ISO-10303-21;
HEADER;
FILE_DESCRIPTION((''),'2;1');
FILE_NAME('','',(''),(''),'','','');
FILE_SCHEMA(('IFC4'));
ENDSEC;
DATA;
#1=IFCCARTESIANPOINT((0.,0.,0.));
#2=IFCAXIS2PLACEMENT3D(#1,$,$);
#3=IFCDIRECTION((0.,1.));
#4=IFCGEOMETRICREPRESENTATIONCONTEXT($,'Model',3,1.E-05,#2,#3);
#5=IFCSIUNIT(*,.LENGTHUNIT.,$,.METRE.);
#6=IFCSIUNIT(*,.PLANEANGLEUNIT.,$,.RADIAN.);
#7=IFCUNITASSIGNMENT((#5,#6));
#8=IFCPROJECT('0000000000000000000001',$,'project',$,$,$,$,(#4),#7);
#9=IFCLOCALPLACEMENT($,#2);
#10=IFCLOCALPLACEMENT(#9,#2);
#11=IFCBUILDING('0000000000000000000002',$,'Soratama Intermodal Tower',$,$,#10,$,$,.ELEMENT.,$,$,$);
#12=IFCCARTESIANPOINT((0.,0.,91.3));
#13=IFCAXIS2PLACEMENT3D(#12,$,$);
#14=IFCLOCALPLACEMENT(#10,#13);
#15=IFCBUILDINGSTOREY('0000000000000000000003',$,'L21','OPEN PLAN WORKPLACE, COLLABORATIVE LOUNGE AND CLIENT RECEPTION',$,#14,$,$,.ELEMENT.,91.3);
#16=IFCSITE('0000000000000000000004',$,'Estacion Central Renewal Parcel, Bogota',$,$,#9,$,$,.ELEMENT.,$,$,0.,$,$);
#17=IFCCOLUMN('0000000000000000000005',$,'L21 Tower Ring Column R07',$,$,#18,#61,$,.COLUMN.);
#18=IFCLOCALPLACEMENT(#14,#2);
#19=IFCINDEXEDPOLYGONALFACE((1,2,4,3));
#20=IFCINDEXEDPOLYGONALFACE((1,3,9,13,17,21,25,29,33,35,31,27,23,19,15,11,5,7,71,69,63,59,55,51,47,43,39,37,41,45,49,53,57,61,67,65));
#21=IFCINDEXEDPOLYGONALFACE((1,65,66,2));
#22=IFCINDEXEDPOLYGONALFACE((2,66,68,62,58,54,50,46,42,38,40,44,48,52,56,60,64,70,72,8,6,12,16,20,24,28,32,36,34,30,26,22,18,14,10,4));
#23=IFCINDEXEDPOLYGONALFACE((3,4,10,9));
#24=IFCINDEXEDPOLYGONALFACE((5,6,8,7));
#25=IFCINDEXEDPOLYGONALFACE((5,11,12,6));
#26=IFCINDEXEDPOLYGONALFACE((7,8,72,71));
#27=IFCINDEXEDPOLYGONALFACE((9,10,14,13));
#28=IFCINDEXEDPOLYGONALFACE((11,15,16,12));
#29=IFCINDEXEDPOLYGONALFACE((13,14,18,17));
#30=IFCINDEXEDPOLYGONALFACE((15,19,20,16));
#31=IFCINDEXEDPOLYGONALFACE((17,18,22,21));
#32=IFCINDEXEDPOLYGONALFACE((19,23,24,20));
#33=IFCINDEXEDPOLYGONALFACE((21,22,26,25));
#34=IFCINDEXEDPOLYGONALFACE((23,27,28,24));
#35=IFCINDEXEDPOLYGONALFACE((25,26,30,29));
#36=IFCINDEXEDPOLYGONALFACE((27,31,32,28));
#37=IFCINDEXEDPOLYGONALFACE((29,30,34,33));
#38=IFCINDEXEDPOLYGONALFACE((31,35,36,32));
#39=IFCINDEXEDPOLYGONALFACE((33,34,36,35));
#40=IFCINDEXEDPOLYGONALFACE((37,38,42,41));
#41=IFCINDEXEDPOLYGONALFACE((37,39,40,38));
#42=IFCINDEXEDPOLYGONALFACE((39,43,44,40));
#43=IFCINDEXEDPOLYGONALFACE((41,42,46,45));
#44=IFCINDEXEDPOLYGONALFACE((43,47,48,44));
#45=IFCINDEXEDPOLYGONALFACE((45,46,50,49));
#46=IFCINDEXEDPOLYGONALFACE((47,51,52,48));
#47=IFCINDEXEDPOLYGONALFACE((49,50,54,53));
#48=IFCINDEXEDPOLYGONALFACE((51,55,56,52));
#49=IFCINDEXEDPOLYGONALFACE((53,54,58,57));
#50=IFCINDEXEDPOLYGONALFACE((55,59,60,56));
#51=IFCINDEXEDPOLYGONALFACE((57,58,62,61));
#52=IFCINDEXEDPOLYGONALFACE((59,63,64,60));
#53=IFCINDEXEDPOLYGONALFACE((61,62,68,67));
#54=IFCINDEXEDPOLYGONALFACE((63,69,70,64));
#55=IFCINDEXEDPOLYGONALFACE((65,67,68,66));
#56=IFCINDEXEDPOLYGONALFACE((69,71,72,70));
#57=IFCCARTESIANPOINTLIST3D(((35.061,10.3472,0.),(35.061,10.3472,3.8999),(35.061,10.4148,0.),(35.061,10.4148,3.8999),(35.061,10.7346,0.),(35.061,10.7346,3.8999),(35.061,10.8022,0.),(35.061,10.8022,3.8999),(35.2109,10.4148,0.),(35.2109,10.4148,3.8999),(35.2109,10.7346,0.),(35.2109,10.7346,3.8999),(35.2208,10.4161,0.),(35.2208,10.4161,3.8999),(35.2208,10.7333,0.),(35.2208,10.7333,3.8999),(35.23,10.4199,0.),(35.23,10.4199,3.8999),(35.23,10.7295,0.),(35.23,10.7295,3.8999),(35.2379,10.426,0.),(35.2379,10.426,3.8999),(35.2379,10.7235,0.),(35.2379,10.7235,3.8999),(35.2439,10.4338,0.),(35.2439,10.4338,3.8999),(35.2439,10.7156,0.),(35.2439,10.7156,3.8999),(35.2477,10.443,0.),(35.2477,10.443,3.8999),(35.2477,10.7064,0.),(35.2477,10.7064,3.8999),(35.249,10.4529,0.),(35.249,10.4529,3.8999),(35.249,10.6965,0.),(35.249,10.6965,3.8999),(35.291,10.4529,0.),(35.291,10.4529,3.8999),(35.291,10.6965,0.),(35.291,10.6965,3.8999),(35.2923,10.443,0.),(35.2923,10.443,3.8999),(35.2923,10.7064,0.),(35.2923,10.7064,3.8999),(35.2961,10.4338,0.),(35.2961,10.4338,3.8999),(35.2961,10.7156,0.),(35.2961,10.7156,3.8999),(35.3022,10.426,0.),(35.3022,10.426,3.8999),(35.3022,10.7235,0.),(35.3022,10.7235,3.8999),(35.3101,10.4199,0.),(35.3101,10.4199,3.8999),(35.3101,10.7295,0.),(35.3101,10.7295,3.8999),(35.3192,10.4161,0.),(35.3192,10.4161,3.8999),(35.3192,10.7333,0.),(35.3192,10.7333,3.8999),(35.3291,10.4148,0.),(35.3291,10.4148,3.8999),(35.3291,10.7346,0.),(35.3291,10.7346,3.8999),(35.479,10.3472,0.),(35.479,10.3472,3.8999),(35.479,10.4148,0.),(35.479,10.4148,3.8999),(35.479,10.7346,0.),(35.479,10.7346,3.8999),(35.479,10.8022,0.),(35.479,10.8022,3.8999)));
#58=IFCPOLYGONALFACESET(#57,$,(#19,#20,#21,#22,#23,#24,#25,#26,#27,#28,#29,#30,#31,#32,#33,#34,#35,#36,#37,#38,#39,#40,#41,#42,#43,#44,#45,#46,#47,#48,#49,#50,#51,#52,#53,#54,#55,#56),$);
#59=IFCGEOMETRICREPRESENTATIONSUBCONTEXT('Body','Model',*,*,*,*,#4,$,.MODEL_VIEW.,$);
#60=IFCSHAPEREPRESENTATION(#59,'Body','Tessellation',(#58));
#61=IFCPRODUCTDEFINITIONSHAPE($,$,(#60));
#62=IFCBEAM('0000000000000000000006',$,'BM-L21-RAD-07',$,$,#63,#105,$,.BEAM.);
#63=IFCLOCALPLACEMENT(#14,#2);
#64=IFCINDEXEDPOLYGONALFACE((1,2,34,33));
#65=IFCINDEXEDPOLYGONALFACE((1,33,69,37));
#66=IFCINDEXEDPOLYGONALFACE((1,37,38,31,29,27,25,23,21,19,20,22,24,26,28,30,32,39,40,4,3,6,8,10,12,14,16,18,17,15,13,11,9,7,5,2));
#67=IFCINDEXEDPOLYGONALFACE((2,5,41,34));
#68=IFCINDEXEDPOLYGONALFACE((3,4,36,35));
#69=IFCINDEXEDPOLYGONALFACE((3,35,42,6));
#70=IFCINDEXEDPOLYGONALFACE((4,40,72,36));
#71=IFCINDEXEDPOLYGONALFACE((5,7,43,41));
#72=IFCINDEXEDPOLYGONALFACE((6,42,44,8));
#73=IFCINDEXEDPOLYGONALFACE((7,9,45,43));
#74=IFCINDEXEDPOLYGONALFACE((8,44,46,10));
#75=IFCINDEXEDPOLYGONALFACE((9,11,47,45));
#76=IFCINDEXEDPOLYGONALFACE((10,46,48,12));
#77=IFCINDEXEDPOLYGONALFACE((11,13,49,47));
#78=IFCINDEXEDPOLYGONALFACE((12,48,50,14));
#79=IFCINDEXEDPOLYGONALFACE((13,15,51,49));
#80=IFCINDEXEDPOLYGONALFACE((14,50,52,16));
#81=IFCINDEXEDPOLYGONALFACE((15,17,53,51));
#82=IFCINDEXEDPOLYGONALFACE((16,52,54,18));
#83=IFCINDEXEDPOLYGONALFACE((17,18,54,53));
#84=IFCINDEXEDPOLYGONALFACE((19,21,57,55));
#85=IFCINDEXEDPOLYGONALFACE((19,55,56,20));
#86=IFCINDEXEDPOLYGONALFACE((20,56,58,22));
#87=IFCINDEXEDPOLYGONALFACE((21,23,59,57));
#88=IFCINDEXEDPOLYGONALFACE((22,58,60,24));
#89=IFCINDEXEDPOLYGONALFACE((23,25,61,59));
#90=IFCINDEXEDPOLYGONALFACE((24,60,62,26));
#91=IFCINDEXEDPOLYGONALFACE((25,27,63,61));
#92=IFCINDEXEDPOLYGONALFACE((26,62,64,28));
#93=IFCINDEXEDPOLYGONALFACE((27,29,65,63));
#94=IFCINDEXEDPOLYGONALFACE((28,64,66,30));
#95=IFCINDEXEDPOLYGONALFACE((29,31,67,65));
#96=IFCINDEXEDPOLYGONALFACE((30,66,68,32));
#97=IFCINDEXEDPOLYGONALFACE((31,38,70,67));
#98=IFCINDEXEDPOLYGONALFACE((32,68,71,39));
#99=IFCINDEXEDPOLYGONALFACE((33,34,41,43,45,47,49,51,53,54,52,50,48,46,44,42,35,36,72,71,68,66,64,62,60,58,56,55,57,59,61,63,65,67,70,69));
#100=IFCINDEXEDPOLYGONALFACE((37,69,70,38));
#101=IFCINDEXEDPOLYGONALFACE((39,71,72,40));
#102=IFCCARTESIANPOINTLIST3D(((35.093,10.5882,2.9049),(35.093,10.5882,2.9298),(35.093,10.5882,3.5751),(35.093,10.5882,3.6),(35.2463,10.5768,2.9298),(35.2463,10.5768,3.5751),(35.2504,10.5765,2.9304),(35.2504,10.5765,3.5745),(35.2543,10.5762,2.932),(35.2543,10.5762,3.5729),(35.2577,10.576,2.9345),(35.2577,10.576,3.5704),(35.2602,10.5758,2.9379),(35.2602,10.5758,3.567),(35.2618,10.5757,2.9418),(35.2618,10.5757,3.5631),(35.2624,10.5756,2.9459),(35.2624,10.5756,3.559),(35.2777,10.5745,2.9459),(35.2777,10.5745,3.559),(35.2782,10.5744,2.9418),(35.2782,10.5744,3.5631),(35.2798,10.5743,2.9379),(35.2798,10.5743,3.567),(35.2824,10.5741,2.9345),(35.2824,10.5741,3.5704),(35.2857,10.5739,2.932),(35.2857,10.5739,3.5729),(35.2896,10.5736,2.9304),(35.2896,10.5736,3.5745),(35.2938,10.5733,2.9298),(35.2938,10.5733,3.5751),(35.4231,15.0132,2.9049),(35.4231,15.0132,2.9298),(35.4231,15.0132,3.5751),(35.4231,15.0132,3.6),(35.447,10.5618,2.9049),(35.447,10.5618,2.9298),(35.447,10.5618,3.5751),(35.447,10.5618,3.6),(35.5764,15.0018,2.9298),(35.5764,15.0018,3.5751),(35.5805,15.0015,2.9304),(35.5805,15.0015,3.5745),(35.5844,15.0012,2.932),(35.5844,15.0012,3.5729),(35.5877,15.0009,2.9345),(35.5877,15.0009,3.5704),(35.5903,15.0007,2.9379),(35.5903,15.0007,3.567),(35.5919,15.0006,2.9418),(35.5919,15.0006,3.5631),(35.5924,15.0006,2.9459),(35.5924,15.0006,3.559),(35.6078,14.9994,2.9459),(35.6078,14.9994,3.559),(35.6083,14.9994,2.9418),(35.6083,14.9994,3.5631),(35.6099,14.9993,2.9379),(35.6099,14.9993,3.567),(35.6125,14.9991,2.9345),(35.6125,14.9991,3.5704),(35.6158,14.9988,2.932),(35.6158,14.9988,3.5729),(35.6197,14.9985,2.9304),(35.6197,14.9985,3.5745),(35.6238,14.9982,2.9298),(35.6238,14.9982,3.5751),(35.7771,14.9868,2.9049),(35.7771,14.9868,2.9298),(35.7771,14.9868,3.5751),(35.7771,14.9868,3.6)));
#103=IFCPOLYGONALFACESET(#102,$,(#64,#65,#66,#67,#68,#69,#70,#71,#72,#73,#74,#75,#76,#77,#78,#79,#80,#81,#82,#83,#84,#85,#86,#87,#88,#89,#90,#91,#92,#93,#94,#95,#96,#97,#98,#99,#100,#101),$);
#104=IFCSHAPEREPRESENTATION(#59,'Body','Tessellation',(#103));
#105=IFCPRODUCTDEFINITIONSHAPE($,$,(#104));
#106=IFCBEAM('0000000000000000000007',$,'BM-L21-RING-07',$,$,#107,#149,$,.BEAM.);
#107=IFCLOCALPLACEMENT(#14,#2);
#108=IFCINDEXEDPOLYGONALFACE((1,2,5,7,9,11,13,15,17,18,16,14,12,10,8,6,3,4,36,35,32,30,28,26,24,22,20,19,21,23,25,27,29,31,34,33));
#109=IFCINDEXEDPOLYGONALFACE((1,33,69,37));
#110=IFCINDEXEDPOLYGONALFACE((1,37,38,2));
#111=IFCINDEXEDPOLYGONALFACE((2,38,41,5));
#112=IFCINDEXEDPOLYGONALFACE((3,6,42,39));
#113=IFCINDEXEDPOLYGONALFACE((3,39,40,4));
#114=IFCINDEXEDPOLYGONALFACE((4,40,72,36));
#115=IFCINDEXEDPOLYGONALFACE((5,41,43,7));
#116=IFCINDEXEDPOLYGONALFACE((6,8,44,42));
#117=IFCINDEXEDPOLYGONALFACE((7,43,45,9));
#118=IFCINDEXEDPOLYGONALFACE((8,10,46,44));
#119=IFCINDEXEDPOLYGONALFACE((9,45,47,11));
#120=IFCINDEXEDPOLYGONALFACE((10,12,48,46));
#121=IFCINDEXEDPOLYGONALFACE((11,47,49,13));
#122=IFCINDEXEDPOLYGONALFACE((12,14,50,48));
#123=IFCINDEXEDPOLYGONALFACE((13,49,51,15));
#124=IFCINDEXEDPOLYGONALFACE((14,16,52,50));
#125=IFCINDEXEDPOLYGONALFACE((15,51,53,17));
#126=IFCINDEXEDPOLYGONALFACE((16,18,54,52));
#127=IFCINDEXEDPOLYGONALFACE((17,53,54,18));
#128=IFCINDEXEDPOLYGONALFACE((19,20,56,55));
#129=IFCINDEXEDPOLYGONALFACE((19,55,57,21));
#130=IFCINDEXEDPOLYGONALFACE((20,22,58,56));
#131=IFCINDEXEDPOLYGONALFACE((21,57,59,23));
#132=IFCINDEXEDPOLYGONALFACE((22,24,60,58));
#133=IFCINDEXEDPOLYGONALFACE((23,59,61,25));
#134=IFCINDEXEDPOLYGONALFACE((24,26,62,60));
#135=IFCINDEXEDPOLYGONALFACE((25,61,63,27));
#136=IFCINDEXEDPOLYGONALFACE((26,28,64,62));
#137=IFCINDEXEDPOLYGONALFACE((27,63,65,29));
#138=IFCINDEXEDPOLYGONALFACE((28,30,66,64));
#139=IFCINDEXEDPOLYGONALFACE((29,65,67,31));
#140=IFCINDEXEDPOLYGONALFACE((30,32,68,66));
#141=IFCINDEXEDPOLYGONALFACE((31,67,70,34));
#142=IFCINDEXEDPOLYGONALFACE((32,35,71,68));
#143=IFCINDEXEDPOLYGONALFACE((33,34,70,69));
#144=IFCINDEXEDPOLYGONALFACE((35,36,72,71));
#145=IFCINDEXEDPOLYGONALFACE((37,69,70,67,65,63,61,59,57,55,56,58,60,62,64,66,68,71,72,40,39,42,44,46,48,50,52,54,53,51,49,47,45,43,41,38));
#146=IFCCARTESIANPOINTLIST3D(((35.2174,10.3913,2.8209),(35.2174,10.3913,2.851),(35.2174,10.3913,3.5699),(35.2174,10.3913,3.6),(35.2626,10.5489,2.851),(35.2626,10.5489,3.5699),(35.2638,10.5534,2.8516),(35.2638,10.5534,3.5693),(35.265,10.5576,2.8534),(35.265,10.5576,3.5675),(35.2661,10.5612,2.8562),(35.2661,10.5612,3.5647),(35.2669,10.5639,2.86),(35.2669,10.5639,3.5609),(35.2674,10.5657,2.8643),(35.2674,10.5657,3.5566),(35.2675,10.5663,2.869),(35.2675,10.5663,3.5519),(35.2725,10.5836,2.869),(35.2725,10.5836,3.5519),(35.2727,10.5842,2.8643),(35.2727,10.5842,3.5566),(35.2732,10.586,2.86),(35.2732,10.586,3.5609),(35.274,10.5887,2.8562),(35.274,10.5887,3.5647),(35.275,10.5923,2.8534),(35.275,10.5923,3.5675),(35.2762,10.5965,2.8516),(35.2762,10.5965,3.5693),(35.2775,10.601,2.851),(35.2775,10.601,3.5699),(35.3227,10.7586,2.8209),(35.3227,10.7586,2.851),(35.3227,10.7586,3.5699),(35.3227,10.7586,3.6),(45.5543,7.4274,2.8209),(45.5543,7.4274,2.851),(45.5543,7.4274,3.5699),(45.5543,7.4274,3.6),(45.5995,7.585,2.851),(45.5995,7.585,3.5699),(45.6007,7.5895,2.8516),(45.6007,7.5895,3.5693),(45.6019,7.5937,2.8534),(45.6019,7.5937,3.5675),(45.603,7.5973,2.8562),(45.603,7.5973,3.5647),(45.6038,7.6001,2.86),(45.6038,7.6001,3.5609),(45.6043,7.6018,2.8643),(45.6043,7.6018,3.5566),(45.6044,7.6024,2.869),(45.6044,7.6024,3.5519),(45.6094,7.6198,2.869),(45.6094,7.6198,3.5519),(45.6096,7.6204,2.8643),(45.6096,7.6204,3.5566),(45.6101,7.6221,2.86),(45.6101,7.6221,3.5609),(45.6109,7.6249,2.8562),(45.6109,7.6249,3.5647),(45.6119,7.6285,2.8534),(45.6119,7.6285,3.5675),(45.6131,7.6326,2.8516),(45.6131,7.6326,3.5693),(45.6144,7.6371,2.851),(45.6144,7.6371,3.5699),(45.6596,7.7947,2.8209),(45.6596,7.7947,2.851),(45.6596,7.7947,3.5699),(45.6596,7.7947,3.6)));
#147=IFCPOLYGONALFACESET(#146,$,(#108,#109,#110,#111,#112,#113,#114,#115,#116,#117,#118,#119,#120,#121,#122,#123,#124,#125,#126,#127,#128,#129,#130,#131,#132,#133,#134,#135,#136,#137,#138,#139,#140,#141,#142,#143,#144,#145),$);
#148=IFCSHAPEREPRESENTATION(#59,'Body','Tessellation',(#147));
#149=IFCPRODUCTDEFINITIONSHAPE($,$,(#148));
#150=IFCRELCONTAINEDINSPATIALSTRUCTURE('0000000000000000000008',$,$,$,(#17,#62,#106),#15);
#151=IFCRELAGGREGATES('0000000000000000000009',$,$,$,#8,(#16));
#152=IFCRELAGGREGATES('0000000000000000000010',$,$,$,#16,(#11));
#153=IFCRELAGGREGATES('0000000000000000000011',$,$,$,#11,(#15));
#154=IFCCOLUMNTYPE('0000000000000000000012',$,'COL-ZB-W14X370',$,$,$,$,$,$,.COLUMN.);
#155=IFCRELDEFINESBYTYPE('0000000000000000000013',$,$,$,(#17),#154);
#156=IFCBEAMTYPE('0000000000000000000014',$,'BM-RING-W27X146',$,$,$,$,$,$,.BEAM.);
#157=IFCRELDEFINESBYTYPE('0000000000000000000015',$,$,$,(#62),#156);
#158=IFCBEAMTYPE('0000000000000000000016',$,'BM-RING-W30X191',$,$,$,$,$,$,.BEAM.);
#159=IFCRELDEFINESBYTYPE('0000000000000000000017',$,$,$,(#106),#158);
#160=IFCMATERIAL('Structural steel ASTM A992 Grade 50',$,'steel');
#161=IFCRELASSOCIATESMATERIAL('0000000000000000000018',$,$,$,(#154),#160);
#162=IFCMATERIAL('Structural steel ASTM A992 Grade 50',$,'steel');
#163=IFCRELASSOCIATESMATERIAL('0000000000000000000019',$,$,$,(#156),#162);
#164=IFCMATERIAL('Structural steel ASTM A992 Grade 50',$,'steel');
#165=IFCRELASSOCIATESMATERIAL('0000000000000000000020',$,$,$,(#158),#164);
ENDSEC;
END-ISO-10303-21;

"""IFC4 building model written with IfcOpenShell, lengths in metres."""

from ifc_helpers import new_model, si_unit, direction, frame, origin, origin_2d, place, context, subcontext, project, spatial, i_section, extrude, material, material_profile, profile_set, type_object, element, save


model = new_model("IFC4")

# Units and contexts
model_context = context("Model", 3, precision=1e-05, world=origin(), true_north=direction((0.0, 1.0)))
body_context = subcontext(model_context, "Body", "Model", "MODEL_VIEW")
ifc_project = project(units=[si_unit("LENGTHUNIT", "METRE"), si_unit("PLANEANGLEUNIT", "RADIAN")], contexts=[model_context])

# Site, building, storey
site_placement = place(None, origin())
site = spatial("IfcSite", under=ifc_project, at=site_placement, Name="Estacion Central Renewal Parcel, Bogota", CompositionType="ELEMENT", RefElevation=0.0)
building_placement = place(site_placement, origin())
building = spatial("IfcBuilding", under=site, at=building_placement, Name="Soratama Intermodal Tower", CompositionType="ELEMENT")
storey_placement = place(building_placement, frame((0.0, 0.0, 91.3)))
storey = spatial("IfcBuildingStorey", under=building, at=storey_placement, Name="L21", Description="OPEN PLAN WORKPLACE, COLLABORATIVE LOUNGE AND CLIENT RECEPTION", CompositionType="ELEMENT", Elevation=91.3)

# Column
ifc_material_1 = material(Name="Structural steel ASTM A992 Grade 50", Category="steel")
ifc_material_profile_1 = material_profile(ifc_material_1, i_section(OverallWidth=0.418, OverallDepth=0.4551, WebThickness=0.042, FlangeThickness=0.0676, FilletRadius=0.0381, at=origin_2d()), Name="W14X370")
ifc_profile_set_1 = profile_set([ifc_material_profile_1], Name="Structural steel ASTM A992 Grade 50")
column_type = type_object("IfcColumnType", Name="COL-ZB-W14X370", PredefinedType="COLUMN", material=ifc_profile_set_1)
column_placement = place(storey_placement, frame((35.27, 10.5747, 0.0), z_axis=(0.0, 0.0, 1.0), x_axis=(1.0, 0.0, 0.0)))
element("IfcColumn", 1, at=column_placement, inside=storey, type_object=column_type, Name="L21 Tower Ring Column R07", PredefinedType="COLUMN", context=body_context, shape_type="SweptSolid", body=[
    extrude(i_section(OverallWidth=0.418, OverallDepth=0.4551, WebThickness=0.042, FlangeThickness=0.0676, FilletRadius=0.0381, at=origin_2d()), origin(), (0.0, 0.0, 1.0), 3.8999),
])

# Beams
ifc_material_2 = material(Name="Structural steel ASTM A992 Grade 50", Category="steel")
ifc_material_profile_2 = material_profile(ifc_material_2, i_section(OverallWidth=0.355, OverallDepth=0.6951, WebThickness=0.0154, FlangeThickness=0.0249, FilletRadius=0.0161, at=origin_2d()), Name="W27X146")
ifc_profile_set_2 = profile_set([ifc_material_profile_2], Name="Structural steel ASTM A992 Grade 50")
beam_type_1 = type_object("IfcBeamType", Name="BM-RING-W27X146", PredefinedType="BEAM", material=ifc_profile_set_2)
beam_1_placement = place(storey_placement, frame((35.6001, 15.0, 3.2524), z_axis=(-0.074386, -0.997229, 0.0), x_axis=(0.997229, -0.074386, 0.0)))
element("IfcBeam", 2, at=beam_1_placement, inside=storey, type_object=beam_type_1, Name="BM-L21-RAD-07", PredefinedType="BEAM", context=body_context, shape_type="SweptSolid", body=[
    extrude(i_section(OverallWidth=0.355, OverallDepth=0.6951, WebThickness=0.0154, FlangeThickness=0.0249, FilletRadius=0.0161, at=origin_2d()), origin(), (0.0, 0.0, 1.0), 4.4373),
])
ifc_material_3 = material(Name="Structural steel ASTM A992 Grade 50", Category="steel")
ifc_material_profile_3 = material_profile(ifc_material_3, i_section(OverallWidth=0.3821, OverallDepth=0.7791, WebThickness=0.0181, FlangeThickness=0.03, FilletRadius=0.0181, at=origin_2d()), Name="W30X191")
ifc_profile_set_3 = profile_set([ifc_material_profile_3], Name="Structural steel ASTM A992 Grade 50")
beam_type_2 = type_object("IfcBeamType", Name="BM-RING-W30X191", PredefinedType="BEAM", material=ifc_profile_set_3)
beam_2_placement = place(storey_placement, frame((35.27, 10.575, 3.2104), z_axis=(0.961267, -0.275621, 0.0), x_axis=(0.275621, 0.961267, 0.0)))
element("IfcBeam", 3, at=beam_2_placement, inside=storey, type_object=beam_type_2, Name="BM-L21-RING-07", PredefinedType="BEAM", context=body_context, shape_type="SweptSolid", body=[
    extrude(i_section(OverallWidth=0.3821, OverallDepth=0.7791, WebThickness=0.0181, FlangeThickness=0.03, FilletRadius=0.0181, at=origin_2d()), origin(), (0.0, 0.0, 1.0), 10.7534),
])

save(model, "model.ifc")
